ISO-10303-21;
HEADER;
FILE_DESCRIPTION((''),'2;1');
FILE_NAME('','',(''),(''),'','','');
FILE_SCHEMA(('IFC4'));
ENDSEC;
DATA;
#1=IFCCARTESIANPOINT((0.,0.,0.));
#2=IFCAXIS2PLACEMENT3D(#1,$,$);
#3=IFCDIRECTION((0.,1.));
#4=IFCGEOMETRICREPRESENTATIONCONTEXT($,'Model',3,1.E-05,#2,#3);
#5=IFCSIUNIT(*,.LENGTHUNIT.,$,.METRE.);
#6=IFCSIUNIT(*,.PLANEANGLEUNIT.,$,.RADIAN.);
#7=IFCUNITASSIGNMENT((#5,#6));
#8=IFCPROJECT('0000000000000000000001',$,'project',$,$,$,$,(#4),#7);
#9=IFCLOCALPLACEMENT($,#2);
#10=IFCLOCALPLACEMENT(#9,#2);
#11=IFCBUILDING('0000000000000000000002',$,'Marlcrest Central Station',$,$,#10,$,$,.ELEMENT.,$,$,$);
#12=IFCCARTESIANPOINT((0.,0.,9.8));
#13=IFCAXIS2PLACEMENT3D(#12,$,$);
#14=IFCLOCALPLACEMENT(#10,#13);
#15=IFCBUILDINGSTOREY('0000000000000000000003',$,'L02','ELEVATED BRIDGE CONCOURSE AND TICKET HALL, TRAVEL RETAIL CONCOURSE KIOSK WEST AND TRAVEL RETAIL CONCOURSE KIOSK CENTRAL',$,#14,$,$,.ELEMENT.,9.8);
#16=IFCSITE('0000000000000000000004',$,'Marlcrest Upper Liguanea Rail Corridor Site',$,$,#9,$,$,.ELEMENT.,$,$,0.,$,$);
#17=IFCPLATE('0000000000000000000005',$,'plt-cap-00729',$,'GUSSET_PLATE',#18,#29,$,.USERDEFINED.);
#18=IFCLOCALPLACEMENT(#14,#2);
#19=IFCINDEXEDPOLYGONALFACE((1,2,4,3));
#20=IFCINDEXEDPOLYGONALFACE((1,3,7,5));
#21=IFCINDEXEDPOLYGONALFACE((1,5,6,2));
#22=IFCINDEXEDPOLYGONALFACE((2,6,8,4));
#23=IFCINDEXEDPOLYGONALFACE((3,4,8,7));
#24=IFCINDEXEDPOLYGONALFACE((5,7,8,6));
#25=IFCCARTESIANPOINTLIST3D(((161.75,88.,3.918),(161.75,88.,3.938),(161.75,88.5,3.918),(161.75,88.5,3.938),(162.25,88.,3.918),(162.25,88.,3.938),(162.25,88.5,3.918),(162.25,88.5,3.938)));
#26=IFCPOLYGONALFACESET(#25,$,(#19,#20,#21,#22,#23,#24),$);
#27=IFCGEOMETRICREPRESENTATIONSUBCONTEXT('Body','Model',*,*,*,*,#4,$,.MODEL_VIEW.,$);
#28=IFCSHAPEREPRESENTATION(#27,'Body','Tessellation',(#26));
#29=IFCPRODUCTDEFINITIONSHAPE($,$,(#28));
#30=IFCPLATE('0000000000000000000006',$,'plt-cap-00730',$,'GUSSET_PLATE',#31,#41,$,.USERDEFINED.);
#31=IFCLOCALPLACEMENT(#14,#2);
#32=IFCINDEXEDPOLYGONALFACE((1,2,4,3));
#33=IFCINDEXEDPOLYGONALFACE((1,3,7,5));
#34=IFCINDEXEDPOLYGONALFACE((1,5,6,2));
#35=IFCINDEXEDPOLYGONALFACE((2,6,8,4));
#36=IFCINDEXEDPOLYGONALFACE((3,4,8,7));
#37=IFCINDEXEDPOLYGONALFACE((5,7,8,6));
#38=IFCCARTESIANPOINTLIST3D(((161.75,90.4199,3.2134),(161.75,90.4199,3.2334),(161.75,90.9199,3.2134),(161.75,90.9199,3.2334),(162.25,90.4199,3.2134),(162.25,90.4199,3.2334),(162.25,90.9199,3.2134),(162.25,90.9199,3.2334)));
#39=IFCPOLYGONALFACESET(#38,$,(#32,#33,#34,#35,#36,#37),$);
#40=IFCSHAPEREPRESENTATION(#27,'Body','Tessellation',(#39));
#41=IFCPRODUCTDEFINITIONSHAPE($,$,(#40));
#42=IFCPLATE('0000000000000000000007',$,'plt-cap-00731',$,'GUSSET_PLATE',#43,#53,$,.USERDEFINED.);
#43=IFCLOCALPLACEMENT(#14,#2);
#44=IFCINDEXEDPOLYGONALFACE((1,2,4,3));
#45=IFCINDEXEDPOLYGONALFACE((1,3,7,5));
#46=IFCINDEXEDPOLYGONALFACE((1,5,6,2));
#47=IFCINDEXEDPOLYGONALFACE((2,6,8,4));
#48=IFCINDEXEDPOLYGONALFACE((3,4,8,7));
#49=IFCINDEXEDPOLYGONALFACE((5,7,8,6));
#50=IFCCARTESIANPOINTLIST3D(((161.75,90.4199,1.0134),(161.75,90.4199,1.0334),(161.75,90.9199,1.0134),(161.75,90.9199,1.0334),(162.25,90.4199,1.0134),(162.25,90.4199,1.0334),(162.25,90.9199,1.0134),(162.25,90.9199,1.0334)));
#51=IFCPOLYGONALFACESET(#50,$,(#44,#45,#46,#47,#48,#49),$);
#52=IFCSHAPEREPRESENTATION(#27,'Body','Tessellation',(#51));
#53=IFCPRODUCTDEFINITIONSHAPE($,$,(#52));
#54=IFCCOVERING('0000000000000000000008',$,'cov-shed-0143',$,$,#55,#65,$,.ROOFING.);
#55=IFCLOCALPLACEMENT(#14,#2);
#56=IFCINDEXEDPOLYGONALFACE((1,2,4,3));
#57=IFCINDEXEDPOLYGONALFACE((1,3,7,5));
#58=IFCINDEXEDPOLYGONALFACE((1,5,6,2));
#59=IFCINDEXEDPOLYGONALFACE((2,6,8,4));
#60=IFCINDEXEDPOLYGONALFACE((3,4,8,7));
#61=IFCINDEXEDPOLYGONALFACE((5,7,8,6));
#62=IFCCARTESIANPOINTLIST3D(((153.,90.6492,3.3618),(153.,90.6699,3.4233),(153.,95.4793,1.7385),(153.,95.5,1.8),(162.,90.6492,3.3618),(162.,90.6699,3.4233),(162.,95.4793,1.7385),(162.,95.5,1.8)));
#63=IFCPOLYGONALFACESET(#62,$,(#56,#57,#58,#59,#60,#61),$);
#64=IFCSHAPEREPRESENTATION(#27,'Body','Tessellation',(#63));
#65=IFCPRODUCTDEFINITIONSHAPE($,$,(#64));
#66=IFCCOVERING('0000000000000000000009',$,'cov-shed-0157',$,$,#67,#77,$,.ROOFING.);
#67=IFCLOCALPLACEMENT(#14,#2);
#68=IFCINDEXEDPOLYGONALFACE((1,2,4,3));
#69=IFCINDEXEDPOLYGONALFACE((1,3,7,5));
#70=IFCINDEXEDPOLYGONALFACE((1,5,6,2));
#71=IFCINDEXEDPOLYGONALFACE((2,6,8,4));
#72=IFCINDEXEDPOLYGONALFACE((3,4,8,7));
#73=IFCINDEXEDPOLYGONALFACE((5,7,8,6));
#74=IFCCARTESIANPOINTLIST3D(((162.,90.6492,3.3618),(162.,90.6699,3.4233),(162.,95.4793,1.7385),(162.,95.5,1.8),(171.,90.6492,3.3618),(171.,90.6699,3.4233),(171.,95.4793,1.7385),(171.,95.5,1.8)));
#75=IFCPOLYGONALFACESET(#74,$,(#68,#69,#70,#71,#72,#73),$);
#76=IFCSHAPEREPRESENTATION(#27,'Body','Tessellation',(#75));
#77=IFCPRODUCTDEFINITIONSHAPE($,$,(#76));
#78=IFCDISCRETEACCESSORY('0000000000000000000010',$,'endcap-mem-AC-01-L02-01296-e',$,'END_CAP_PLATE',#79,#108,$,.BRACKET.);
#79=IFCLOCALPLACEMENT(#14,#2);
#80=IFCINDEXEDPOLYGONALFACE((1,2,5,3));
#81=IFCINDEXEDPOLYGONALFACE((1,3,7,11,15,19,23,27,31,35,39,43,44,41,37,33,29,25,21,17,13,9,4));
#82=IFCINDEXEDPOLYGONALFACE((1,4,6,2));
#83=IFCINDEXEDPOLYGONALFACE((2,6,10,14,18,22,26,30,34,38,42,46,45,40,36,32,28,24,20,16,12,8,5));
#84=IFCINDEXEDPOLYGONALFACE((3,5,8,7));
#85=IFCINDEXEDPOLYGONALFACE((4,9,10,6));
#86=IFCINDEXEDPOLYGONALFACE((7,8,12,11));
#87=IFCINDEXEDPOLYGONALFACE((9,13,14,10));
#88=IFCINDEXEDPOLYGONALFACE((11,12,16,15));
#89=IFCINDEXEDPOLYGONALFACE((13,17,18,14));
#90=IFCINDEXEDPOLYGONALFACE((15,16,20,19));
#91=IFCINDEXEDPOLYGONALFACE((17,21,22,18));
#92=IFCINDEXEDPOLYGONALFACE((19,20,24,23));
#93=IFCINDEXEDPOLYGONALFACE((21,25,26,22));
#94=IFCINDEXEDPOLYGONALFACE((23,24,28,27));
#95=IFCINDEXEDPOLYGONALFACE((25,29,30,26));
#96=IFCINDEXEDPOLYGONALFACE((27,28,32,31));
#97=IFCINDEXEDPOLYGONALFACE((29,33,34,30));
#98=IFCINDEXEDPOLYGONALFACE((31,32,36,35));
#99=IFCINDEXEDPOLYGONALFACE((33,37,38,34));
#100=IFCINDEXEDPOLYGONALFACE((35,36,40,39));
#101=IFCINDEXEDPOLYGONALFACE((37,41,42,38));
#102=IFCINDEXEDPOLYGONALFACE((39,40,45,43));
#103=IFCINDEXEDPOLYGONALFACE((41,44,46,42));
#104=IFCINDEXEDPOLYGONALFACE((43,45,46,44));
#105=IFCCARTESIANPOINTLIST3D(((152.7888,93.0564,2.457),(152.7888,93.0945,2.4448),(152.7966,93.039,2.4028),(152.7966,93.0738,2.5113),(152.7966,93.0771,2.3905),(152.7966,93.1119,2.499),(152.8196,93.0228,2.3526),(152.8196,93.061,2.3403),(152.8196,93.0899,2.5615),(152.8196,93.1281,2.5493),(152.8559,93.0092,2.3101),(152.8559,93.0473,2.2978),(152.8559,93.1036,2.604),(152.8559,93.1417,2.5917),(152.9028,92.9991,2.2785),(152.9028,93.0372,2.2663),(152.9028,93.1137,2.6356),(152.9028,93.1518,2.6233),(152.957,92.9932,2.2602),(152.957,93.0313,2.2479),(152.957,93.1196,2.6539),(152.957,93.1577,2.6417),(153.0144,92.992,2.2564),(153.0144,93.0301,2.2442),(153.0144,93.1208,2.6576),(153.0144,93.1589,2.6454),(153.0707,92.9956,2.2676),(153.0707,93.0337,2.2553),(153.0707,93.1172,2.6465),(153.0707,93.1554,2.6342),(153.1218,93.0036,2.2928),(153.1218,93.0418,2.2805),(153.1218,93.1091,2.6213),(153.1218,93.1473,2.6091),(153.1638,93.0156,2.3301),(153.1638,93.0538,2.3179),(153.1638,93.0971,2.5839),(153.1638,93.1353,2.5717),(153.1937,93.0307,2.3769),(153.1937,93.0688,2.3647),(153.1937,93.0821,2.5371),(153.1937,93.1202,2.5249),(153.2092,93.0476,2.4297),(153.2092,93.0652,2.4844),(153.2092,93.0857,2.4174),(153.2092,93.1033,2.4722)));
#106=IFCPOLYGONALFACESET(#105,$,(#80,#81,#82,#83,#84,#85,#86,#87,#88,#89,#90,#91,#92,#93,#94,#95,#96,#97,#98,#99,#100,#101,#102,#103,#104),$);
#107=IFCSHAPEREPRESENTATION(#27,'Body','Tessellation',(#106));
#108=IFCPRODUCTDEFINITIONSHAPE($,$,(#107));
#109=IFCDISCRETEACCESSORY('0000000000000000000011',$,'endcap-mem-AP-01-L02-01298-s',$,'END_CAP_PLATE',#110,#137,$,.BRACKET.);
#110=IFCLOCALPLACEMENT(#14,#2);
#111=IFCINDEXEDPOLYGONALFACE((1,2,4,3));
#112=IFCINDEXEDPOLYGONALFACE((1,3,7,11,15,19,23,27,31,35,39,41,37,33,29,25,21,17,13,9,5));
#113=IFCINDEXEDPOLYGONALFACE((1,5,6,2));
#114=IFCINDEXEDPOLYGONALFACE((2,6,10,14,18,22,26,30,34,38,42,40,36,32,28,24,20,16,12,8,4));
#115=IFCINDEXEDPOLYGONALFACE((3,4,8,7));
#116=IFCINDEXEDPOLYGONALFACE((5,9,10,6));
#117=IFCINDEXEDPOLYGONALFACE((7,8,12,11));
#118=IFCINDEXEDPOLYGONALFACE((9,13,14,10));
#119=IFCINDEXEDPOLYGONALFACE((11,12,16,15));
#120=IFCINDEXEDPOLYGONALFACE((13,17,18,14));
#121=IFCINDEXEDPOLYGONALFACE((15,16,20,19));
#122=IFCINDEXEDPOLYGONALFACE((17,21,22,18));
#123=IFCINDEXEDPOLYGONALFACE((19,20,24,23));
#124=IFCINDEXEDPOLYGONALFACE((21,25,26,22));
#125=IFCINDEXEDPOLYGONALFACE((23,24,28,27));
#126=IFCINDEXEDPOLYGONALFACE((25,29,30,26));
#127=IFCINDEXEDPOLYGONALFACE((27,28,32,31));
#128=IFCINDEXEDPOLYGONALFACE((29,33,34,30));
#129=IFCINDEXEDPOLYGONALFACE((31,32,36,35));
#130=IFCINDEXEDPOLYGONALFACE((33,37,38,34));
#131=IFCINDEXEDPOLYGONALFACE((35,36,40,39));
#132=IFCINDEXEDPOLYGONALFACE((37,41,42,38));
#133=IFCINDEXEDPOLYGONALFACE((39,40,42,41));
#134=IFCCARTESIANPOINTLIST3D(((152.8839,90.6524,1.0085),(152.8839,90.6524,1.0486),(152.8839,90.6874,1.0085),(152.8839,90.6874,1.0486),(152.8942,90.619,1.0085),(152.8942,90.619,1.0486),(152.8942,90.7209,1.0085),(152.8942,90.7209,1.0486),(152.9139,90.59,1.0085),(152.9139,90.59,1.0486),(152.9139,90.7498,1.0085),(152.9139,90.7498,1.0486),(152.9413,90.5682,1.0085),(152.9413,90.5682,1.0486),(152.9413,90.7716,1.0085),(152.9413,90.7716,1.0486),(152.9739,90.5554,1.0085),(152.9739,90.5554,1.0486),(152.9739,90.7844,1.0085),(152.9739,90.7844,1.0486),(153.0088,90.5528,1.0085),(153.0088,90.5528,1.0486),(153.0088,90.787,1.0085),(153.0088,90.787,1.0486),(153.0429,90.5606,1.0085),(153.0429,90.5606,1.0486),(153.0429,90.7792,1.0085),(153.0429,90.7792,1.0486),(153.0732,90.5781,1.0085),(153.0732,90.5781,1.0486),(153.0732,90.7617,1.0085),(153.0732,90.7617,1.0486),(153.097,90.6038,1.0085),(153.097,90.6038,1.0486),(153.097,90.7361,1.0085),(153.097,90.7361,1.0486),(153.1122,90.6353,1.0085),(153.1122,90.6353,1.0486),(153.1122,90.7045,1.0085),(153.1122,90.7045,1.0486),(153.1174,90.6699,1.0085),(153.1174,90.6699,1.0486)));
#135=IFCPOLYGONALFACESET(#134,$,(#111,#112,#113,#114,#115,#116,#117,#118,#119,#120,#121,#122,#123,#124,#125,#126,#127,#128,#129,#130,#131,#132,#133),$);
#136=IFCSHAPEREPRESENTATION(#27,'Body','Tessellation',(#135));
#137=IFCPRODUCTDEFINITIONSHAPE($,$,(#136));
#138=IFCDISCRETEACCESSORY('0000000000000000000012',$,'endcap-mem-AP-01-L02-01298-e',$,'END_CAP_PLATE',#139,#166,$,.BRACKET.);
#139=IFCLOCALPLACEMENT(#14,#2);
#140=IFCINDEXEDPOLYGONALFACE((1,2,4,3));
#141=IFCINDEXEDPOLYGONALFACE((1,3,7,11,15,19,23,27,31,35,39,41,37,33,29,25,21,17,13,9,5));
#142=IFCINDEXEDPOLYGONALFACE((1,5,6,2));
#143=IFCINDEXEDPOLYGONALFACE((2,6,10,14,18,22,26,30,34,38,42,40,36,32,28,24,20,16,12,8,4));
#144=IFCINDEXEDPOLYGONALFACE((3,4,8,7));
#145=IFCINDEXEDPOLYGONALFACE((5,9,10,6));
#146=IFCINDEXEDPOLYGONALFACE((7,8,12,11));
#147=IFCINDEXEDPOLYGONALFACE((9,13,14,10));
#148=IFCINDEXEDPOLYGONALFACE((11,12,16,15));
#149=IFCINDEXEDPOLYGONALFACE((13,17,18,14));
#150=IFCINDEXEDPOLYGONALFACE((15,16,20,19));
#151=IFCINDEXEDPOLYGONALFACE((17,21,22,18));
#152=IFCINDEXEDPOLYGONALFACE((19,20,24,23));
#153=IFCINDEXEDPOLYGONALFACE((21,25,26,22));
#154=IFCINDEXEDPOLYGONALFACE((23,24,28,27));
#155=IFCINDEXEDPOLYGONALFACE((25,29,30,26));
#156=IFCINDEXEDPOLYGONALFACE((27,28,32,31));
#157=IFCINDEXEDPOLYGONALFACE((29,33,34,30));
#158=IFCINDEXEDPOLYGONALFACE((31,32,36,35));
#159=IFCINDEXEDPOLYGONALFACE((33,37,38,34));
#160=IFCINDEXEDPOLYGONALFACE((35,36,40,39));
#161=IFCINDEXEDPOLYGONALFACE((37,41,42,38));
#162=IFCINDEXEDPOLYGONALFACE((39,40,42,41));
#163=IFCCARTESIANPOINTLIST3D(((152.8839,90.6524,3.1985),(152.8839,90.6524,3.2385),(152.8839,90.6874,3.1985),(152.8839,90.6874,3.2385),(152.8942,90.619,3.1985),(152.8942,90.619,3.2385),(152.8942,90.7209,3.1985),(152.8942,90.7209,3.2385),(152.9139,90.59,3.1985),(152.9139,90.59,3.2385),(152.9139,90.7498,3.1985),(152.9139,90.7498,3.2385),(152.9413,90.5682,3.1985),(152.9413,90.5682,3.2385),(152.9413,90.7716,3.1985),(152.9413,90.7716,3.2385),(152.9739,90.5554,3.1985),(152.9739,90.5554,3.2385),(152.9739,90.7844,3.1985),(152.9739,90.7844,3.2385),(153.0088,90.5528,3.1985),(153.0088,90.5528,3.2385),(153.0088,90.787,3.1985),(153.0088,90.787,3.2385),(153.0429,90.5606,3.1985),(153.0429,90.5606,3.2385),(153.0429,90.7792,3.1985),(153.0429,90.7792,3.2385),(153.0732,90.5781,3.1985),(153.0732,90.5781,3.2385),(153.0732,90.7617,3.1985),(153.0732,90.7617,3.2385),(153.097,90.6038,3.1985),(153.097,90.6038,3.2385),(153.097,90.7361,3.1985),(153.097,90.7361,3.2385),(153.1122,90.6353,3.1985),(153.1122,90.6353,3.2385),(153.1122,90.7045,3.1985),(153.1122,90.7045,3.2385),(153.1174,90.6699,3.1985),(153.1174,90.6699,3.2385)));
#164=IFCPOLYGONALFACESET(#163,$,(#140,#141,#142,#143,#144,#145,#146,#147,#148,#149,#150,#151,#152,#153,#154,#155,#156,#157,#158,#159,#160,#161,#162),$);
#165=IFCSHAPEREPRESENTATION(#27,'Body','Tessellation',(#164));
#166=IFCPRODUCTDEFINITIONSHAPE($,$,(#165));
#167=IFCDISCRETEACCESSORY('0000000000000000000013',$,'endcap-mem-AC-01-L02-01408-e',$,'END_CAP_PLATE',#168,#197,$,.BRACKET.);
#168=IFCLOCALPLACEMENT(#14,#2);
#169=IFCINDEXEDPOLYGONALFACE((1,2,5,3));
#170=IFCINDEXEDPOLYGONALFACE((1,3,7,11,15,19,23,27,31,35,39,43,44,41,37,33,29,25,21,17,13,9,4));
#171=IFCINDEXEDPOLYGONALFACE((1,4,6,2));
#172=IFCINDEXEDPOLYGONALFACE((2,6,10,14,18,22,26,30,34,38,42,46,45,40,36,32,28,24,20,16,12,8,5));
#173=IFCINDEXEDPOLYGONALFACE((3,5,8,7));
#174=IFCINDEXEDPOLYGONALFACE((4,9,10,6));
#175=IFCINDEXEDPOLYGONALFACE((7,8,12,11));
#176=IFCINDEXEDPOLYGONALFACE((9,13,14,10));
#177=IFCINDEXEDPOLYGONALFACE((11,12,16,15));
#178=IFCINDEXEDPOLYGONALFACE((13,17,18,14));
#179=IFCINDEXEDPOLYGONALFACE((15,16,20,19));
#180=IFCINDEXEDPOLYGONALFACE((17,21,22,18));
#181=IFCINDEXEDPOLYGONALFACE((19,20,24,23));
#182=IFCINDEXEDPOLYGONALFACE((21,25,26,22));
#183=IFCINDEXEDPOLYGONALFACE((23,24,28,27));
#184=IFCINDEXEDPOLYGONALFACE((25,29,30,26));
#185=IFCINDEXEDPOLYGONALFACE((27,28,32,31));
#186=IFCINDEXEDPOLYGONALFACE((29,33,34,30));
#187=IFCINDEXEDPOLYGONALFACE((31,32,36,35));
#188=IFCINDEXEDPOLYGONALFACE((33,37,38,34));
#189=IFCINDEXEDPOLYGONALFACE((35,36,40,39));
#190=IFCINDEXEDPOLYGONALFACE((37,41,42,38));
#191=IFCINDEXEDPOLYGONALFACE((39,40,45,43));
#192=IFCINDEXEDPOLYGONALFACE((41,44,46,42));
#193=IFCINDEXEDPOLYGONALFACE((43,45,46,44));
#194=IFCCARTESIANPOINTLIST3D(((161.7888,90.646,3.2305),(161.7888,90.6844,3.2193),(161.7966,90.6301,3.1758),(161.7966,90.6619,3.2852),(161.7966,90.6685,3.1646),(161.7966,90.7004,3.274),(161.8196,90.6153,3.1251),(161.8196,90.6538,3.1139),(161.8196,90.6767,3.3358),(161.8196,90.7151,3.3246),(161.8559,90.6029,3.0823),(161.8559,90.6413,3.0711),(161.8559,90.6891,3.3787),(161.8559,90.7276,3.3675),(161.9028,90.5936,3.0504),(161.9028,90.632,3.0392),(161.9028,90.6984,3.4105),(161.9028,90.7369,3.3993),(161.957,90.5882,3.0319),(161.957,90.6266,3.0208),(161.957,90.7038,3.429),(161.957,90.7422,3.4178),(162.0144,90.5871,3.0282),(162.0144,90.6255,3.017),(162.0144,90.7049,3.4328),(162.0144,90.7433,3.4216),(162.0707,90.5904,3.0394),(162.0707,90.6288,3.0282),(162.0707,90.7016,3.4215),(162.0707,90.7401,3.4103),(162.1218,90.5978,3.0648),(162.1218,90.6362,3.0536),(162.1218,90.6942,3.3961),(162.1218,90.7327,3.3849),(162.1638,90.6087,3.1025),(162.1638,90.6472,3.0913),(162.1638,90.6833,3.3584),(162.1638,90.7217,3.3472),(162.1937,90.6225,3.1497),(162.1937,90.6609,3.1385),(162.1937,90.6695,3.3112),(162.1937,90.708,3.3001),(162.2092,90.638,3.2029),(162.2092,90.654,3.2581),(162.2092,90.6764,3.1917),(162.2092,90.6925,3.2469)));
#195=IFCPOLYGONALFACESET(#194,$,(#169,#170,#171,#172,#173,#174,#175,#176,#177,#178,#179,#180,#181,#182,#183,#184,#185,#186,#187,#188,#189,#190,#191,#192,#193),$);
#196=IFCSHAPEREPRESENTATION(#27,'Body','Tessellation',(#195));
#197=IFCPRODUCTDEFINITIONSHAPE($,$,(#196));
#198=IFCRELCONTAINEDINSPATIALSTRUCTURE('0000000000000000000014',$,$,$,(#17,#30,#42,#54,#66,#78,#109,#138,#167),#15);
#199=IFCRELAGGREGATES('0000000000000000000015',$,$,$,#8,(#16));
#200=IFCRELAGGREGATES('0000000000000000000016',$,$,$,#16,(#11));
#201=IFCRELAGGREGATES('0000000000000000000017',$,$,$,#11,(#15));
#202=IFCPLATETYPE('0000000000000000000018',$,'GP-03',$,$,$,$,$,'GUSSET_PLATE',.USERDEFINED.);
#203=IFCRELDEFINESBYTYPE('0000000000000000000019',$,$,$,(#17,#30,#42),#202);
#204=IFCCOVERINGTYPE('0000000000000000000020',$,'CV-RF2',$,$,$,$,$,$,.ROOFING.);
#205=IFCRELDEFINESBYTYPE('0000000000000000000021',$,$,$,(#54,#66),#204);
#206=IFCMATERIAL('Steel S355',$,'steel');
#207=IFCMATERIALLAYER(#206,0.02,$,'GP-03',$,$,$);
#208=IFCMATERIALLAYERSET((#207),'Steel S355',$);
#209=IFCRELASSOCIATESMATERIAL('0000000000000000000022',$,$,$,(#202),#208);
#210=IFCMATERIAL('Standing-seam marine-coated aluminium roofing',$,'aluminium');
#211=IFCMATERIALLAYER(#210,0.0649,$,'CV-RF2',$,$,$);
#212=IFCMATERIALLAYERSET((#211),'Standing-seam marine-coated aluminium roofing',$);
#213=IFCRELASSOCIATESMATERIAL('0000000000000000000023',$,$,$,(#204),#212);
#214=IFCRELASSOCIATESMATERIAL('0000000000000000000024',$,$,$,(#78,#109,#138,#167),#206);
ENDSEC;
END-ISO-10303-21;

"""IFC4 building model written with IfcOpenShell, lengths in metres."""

from ifc_helpers import new_model, si_unit, direction, frame, origin, origin_2d, place, context, subcontext, project, spatial, polyline, rectangle, circle, outline, extrude, material, layer, layer_set, type_object, element, save


model = new_model("IFC4")

# Units and contexts
model_context = context("Model", 3, precision=1e-05, world=origin(), true_north=direction((0.0, 1.0)))
body_context = subcontext(model_context, "Body", "Model", "MODEL_VIEW")
ifc_project = project(units=[si_unit("LENGTHUNIT", "METRE"), si_unit("PLANEANGLEUNIT", "RADIAN")], contexts=[model_context])

# Site, building, storey
site_placement = place(None, origin())
site = spatial("IfcSite", under=ifc_project, at=site_placement, Name="Marlcrest Upper Liguanea Rail Corridor Site", CompositionType="ELEMENT", RefElevation=0.0)
building_placement = place(site_placement, origin())
building = spatial("IfcBuilding", under=site, at=building_placement, Name="Marlcrest Central Station", CompositionType="ELEMENT")
storey_placement = place(building_placement, frame((0.0, 0.0, 9.8)))
storey = spatial("IfcBuildingStorey", under=building, at=storey_placement, Name="L02", Description="ELEVATED BRIDGE CONCOURSE AND TICKET HALL, TRAVEL RETAIL CONCOURSE KIOSK WEST AND TRAVEL RETAIL CONCOURSE KIOSK CENTRAL", CompositionType="ELEMENT", Elevation=9.8)

# Shared definitions
ifc_material_1 = material(Name="Steel S355", Category="steel")

# Plates
ifc_layer_1 = layer(ifc_material_1, 0.02, Name="GP-03")
ifc_layer_set_1 = layer_set([ifc_layer_1], Name="Steel S355")
plate_type = type_object("IfcPlateType", Name="GP-03", ElementType="GUSSET_PLATE", PredefinedType="USERDEFINED", material=ifc_layer_set_1)
for number, where, z_axis, x_axis, name in (
    (1, (162.0, 88.25, 3.918), (0.0, 0.0, 1.0), (1.0, 0.0, 0.0), "plt-cap-00729"),
    (2, (162.0, 90.6699, 3.2134), (0.0, 0.0, 1.0), (1.0, 0.0, 0.0), "plt-cap-00730"),
    (3, (162.0, 90.6699, 1.0134), (0.0, 0.0, 1.0), (1.0, 0.0, 0.0), "plt-cap-00731"),
):
    element("IfcPlate", number, at=place(storey_placement, frame(where, z_axis=z_axis, x_axis=x_axis)), inside=storey, type_object=plate_type, Name=name, ObjectType="GUSSET_PLATE", PredefinedType="USERDEFINED", context=body_context, shape_type="SweptSolid", body=[
        extrude(rectangle(XDim=0.5, YDim=0.5, at=origin_2d()), origin(), (0.0, 0.0, 1.0), 0.02),
    ])

# Coverings
ifc_material_2 = material(Name="Standing-seam marine-coated aluminium roofing", Category="aluminium")
ifc_layer_2 = layer(ifc_material_2, 0.0649, Name="CV-RF2")
ifc_layer_set_2 = layer_set([ifc_layer_2], Name="Standing-seam marine-coated aluminium roofing")
covering_type = type_object("IfcCoveringType", Name="CV-RF2", PredefinedType="ROOFING", material=ifc_layer_set_2)
for number, where, z_axis, x_axis, name in (
    (4, (153.0, 90.6699, 3.4233), (0.0, 0.31857, 0.947899), (1.0, 0.0, 0.0), "cov-shed-0143"),
    (5, (162.0, 90.6699, 3.4233), (0.0, 0.31857, 0.947899), (1.0, 0.0, 0.0), "cov-shed-0157"),
):
    element("IfcCovering", number, at=place(storey_placement, frame(where, z_axis=z_axis, x_axis=x_axis)), inside=storey, type_object=covering_type, Name=name, PredefinedType="ROOFING", context=body_context, shape_type="SweptSolid", body=[
        extrude(outline(polyline([(0.0, 0.0), (9.0, 0.0), (9.0, 5.0956), (0.0, 5.0956), (0.0, 0.0)])), origin(), (0.0, 0.0, -1.0), 0.0649),
    ])

# Discrete accessories
discrete_accessory_1_placement = place(storey_placement, frame((153.0, 93.0564, 2.457), z_axis=(0.0, 0.952117, -0.305734), x_axis=(-1.0, 0.0, 0.0)))
element("IfcDiscreteAccessory", 6, at=discrete_accessory_1_placement, inside=storey, material=ifc_material_1, Name="endcap-mem-AC-01-L02-01296-e", ObjectType="END_CAP_PLATE", PredefinedType="BRACKET", context=body_context, shape_type="SweptSolid", body=[
    extrude(circle(Radius=0.2112, at=origin_2d()), origin(), (0.0, 0.0, 1.0), 0.04),
])
for number, where, z_axis, x_axis, name in (
    (7, (153.0, 90.6699, 1.0085), (0.0, 0.0, 1.0), (1.0, 0.0, 0.0), "endcap-mem-AP-01-L02-01298-s"),
    (8, (153.0, 90.6699, 3.1985), (0.0, 0.0, 1.0), (1.0, 0.0, 0.0), "endcap-mem-AP-01-L02-01298-e"),
):
    element("IfcDiscreteAccessory", number, at=place(storey_placement, frame(where, z_axis=z_axis, x_axis=x_axis)), inside=storey, material=ifc_material_1, Name=name, ObjectType="END_CAP_PLATE", PredefinedType="BRACKET", context=body_context, shape_type="SweptSolid", body=[
        extrude(circle(Radius=0.1174, at=origin_2d()), origin(), (0.0, 0.0, 1.0), 0.04),
    ])
discrete_accessory_2_placement = place(storey_placement, frame((162.0, 90.646, 3.2305), z_axis=(0.0, 0.96013, -0.279554), x_axis=(-1.0, 0.0, 0.0)))
element("IfcDiscreteAccessory", 9, at=discrete_accessory_2_placement, inside=storey, material=ifc_material_1, Name="endcap-mem-AC-01-L02-01408-e", ObjectType="END_CAP_PLATE", PredefinedType="BRACKET", context=body_context, shape_type="SweptSolid", body=[
    extrude(circle(Radius=0.2112, at=origin_2d()), origin(), (0.0, 0.0, 1.0), 0.04),
])

save(model, "model.ifc")
